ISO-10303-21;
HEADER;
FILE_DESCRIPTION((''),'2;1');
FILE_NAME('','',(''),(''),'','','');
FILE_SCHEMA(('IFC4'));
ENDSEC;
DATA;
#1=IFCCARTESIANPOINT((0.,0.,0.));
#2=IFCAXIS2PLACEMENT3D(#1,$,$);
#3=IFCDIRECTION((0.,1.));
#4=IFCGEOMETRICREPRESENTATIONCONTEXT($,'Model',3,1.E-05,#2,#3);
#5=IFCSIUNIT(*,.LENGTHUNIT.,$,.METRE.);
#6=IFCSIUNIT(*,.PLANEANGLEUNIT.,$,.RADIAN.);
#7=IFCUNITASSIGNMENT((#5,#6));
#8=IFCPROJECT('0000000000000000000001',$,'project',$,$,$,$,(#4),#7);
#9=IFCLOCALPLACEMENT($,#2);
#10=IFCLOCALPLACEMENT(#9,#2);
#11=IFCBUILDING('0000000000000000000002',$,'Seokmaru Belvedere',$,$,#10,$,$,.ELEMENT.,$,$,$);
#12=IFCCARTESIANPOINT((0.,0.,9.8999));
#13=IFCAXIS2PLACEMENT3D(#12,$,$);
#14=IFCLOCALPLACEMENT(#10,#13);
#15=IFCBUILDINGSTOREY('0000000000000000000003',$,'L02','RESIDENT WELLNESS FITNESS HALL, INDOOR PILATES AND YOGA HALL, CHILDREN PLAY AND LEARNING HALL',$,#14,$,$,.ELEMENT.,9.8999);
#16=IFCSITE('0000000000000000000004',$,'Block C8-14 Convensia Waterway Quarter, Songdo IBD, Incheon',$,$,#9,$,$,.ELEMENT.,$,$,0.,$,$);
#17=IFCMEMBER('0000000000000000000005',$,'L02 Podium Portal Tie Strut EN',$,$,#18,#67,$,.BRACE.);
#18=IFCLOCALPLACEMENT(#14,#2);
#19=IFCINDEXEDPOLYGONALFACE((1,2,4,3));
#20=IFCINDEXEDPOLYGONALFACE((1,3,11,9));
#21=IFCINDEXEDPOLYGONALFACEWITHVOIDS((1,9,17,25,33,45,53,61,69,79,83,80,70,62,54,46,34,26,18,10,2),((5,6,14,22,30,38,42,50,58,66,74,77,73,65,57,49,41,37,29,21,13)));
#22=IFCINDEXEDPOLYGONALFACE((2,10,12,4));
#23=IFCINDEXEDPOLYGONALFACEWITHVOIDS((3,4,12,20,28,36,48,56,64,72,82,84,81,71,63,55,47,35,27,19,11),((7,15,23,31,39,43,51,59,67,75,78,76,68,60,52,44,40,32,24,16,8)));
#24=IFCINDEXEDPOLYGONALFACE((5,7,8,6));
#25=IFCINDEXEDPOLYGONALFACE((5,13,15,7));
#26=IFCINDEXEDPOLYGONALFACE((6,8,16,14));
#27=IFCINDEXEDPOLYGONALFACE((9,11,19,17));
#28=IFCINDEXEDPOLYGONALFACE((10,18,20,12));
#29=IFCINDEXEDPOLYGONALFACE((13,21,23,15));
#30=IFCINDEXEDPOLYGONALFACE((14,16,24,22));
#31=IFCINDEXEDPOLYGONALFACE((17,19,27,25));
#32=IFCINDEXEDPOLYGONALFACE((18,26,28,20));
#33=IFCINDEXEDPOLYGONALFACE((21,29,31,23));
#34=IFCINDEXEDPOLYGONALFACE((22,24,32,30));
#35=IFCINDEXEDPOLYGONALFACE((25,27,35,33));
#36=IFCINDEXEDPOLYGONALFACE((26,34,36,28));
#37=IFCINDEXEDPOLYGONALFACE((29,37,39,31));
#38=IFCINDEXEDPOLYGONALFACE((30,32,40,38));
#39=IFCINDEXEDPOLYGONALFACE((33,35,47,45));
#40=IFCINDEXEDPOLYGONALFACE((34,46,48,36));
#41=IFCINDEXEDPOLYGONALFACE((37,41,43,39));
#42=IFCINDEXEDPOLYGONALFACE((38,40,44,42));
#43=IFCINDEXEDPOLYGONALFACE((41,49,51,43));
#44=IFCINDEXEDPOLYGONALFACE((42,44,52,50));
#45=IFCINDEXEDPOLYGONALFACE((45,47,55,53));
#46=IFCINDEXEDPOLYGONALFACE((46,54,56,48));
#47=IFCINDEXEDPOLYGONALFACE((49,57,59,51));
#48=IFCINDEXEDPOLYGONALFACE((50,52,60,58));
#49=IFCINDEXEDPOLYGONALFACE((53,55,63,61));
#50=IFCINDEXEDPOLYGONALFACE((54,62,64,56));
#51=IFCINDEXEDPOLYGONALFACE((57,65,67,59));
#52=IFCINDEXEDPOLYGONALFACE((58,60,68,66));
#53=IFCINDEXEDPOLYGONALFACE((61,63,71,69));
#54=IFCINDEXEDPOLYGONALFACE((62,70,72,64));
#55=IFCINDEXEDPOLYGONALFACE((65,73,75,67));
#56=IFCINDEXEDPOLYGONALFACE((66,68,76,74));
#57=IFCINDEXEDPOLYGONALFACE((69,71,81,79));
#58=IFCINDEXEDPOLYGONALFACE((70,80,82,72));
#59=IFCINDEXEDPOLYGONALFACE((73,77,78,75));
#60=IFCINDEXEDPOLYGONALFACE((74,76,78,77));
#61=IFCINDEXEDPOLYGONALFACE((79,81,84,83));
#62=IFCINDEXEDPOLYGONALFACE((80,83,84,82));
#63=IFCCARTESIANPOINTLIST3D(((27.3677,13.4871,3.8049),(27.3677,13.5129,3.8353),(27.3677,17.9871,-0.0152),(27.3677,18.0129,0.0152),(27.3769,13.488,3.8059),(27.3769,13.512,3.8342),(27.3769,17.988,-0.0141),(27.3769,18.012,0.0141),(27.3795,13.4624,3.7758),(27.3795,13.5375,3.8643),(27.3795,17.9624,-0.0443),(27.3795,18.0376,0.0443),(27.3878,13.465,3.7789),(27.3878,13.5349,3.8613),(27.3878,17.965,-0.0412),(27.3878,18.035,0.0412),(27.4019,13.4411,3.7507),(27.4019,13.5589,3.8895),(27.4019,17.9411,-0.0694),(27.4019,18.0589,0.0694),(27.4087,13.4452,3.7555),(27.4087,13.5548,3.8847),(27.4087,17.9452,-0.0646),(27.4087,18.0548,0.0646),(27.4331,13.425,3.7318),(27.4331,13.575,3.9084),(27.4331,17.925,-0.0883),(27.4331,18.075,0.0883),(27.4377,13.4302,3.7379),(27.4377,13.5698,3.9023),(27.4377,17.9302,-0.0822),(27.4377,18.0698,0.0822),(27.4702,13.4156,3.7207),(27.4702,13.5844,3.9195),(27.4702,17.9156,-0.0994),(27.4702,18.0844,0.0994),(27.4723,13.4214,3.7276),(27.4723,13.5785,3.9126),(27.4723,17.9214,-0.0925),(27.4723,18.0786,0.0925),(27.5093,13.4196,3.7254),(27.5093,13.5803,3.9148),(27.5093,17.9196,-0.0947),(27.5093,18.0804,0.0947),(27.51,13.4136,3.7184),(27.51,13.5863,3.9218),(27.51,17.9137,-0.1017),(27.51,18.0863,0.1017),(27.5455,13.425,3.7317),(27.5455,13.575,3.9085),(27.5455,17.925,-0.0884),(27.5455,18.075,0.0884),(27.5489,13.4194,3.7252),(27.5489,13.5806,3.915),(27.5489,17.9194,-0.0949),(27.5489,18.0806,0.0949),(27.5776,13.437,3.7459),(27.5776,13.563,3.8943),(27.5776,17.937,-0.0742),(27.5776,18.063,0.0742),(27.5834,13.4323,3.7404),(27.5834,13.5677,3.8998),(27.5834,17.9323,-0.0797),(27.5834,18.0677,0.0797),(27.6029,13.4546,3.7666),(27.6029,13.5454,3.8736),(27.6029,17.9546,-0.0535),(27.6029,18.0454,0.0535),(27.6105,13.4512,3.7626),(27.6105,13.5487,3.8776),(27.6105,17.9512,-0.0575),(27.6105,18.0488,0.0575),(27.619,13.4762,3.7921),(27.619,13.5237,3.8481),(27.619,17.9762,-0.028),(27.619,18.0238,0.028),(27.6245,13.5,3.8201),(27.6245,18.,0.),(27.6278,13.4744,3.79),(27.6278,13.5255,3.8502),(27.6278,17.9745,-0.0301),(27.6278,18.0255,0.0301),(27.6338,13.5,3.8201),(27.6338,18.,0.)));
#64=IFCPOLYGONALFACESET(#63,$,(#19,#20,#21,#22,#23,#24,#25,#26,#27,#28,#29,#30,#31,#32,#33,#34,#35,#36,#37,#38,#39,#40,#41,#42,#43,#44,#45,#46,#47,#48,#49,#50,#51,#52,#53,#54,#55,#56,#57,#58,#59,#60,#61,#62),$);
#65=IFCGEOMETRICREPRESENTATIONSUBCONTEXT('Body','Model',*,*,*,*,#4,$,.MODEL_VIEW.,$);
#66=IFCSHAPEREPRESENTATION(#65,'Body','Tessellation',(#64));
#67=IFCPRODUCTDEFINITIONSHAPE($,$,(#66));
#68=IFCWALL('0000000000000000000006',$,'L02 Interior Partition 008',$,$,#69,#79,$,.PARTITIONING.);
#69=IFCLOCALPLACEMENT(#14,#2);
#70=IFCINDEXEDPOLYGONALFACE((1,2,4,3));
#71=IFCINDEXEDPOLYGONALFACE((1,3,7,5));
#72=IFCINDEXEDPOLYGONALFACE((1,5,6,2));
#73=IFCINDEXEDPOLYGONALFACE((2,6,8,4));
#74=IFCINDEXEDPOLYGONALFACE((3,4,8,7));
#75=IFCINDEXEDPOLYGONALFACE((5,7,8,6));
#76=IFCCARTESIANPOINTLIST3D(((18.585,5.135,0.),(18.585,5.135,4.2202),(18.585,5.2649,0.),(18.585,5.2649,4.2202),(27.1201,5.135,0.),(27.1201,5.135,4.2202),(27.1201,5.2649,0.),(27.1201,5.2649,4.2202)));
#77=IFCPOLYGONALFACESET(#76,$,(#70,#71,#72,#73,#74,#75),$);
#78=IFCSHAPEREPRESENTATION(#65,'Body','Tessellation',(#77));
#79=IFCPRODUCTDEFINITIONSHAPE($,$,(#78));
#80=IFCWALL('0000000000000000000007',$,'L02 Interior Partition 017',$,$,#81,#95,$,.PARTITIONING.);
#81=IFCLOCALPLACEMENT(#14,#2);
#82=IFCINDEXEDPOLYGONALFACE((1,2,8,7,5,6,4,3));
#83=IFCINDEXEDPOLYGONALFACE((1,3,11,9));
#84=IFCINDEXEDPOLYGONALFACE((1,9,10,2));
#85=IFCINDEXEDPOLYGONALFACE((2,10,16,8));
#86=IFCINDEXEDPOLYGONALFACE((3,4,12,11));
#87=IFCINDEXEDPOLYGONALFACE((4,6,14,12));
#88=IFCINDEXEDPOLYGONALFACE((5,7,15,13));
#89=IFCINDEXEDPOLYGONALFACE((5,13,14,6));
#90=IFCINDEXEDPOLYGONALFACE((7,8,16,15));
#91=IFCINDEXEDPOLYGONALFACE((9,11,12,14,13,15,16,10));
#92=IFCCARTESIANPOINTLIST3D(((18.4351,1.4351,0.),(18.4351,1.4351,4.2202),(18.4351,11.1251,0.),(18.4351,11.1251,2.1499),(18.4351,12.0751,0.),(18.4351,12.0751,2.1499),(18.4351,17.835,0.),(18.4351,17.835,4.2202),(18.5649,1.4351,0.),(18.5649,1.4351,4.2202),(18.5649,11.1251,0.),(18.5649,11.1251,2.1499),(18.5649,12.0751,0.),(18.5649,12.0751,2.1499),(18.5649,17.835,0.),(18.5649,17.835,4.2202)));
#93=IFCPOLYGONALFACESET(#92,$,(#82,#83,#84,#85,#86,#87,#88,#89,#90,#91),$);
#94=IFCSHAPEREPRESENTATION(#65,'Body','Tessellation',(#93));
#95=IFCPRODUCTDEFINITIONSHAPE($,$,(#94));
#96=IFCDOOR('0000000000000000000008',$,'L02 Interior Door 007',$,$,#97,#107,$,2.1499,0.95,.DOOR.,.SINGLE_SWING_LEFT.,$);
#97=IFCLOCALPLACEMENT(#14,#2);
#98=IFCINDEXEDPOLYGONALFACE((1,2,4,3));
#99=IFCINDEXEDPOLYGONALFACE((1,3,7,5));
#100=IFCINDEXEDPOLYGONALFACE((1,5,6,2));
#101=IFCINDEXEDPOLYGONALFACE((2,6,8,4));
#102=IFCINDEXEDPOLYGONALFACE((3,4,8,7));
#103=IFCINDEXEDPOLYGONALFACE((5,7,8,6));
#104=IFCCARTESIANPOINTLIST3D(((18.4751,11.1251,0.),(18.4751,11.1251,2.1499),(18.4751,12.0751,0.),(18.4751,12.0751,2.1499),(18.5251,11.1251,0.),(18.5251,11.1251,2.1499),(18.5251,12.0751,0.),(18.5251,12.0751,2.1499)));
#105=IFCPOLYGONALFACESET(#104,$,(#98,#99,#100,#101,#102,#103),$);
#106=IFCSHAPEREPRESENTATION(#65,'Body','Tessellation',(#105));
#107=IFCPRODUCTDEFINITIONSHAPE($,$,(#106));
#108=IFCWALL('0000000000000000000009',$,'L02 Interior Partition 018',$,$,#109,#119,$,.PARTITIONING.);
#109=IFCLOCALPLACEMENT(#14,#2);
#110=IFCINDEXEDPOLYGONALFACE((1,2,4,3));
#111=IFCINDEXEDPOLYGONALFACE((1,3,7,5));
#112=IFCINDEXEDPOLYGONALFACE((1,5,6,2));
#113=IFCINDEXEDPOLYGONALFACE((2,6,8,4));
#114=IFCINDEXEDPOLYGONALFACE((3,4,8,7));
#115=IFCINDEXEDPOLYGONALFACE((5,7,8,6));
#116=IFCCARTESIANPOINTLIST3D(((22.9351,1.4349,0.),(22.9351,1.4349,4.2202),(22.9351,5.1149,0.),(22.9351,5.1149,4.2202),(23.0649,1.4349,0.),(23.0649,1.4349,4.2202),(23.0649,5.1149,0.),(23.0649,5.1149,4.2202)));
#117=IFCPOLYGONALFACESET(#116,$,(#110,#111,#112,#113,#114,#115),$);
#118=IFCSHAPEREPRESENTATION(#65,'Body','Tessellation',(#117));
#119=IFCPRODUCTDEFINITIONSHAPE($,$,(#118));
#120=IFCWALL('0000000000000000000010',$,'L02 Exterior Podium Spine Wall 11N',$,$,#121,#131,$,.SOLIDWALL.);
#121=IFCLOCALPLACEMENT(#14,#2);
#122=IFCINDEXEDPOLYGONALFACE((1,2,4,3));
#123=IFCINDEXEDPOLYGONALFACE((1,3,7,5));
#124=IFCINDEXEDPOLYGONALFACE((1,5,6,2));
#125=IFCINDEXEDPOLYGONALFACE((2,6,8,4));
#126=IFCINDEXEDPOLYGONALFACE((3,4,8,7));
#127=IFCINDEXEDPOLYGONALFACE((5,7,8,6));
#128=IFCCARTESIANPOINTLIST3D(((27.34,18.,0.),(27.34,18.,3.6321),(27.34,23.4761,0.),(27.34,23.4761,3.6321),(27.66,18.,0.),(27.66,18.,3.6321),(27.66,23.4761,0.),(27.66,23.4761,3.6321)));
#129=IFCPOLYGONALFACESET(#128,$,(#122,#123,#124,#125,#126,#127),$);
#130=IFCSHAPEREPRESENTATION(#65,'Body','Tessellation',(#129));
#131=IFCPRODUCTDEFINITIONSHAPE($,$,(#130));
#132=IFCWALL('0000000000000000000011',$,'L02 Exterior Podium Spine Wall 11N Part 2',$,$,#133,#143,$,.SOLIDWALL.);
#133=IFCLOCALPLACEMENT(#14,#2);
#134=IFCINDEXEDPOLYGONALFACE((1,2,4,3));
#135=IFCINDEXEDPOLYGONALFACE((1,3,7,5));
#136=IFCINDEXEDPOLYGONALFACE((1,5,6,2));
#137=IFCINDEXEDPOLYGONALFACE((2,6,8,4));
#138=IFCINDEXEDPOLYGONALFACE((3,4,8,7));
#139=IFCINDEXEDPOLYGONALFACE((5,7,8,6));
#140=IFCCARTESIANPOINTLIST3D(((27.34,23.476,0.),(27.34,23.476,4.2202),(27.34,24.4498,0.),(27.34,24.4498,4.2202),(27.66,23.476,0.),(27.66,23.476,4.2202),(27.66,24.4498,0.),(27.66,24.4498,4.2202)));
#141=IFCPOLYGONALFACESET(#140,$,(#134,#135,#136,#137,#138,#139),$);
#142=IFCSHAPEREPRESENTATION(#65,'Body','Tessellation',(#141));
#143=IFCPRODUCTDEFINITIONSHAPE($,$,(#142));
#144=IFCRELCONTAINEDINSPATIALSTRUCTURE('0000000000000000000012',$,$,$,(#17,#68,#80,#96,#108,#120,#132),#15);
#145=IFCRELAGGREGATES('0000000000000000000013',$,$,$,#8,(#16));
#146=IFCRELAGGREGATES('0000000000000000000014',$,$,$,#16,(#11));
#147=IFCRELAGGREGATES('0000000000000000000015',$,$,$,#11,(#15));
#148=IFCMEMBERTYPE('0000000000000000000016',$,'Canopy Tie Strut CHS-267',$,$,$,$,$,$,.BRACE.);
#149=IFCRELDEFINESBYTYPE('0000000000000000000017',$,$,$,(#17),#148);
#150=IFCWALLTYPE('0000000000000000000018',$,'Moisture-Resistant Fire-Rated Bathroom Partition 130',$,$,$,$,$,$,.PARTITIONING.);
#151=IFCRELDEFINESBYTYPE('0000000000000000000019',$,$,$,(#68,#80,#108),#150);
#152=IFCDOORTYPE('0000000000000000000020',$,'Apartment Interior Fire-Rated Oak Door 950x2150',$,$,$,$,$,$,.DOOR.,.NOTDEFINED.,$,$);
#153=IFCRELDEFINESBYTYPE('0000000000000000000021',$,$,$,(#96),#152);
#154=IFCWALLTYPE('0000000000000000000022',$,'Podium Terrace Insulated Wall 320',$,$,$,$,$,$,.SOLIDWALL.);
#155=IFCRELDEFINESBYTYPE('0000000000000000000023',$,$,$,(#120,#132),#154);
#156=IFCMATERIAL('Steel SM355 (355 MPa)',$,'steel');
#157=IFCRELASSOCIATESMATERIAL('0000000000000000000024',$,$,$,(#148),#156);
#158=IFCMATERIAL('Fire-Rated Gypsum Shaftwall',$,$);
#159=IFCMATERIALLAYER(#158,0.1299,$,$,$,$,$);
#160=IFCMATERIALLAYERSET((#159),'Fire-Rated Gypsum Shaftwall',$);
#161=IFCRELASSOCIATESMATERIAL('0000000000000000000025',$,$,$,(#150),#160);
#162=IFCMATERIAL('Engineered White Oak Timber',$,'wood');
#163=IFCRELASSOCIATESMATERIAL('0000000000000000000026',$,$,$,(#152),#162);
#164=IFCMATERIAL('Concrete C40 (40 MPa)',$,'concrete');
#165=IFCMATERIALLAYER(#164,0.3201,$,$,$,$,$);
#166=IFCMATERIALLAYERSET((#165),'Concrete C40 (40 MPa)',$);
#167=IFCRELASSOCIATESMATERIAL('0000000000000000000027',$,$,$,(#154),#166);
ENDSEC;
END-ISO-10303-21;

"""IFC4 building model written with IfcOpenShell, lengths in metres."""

from ifc_helpers import new_model, si_unit, direction, frame, frame_2d, origin, origin_2d, place, context, subcontext, project, spatial, rectangle, hollow_circle, extrude, source, transform, mapped, material, layer, layer_set, material_profile, profile_set, type_object, type_shapes, element, fill, save


model = new_model("IFC4")

# Units and contexts
model_context = context("Model", 3, precision=1e-05, world=origin(), true_north=direction((0.0, 1.0)))
body_context = subcontext(model_context, "Body", "Model", "MODEL_VIEW")
ifc_project = project(units=[si_unit("LENGTHUNIT", "METRE"), si_unit("PLANEANGLEUNIT", "RADIAN")], contexts=[model_context])

# Site, building, storey
site_placement = place(None, origin())
site = spatial("IfcSite", under=ifc_project, at=site_placement, Name="Block C8-14 Convensia Waterway Quarter, Songdo IBD, Incheon", CompositionType="ELEMENT", RefElevation=0.0)
building_placement = place(site_placement, origin())
building = spatial("IfcBuilding", under=site, at=building_placement, Name="Seokmaru Belvedere", CompositionType="ELEMENT")
storey_placement = place(building_placement, frame((0.0, 0.0, 9.8999)))
storey = spatial("IfcBuildingStorey", under=building, at=storey_placement, Name="L02", Description="RESIDENT WELLNESS FITNESS HALL, INDOOR PILATES AND YOGA HALL, CHILDREN PLAY AND LEARNING HALL", CompositionType="ELEMENT", Elevation=9.8999)

# Shared definitions
ifc_material_1 = material(Name="Steel SM355 (355 MPa)", Category="steel")

# Member
ifc_material_profile_1 = material_profile(ifc_material_1, hollow_circle(Radius=0.1338, WallThickness=0.0093, at=origin_2d()), Name="CHS-267.4x9.3")
ifc_profile_set_1 = profile_set([ifc_material_profile_1], Name="Steel SM355 (355 MPa)")
member_type = type_object("IfcMemberType", Name="Canopy Tie Strut CHS-267", PredefinedType="BRACE", material=ifc_profile_set_1)
shared_shape_1 = source(origin(), body_context, "Body", "SweptSolid", [
    extrude(hollow_circle(Radius=0.1338, WallThickness=0.0093, at=origin_2d()), origin(), (0.0, 0.0, 1.0), 5.9028),
])
type_shapes(member_type, [shared_shape_1])
member_placement = place(storey_placement, frame((27.5, 18.0, 0.0), z_axis=(0.0, -0.762351, 0.647163), x_axis=(1.0, 0.0, 0.0)))
element("IfcMember", 1, at=member_placement, inside=storey, type_object=member_type, Name="L02 Podium Portal Tie Strut EN", PredefinedType="BRACE", context=body_context, shape_type="MappedRepresentation", body=[
    mapped(shared_shape_1, transform((0.0, 0.0, 0.0), scale=1.0)),
])

# Wall
ifc_material_2 = material(Name="Fire-Rated Gypsum Shaftwall")
ifc_layer_1 = layer(ifc_material_2, 0.1299)
ifc_layer_set_1 = layer_set([ifc_layer_1], Name="Fire-Rated Gypsum Shaftwall")
wall_type_1 = type_object("IfcWallType", Name="Moisture-Resistant Fire-Rated Bathroom Partition 130", PredefinedType="PARTITIONING", material=ifc_layer_set_1)
wall_1_placement = place(storey_placement, frame((18.585, 5.2, 0.0), z_axis=(0.0, 0.0, 1.0), x_axis=(1.0, 0.0, 0.0)))
element("IfcWall", 2, at=wall_1_placement, inside=storey, type_object=wall_type_1, Name="L02 Interior Partition 008", PredefinedType="PARTITIONING", context=body_context, shape_type="SweptSolid", body=[
    extrude(rectangle(XDim=8.5352, YDim=0.1299, at=frame_2d((4.2676, 0.0))), origin(), (0.0, 0.0, 1.0), 4.2202),
])

# Wall, opening, door
wall_2_placement = place(storey_placement, frame((18.5, 1.4351, 0.0), z_axis=(0.0, 0.0, 1.0), x_axis=(0.0, 1.0, 0.0)))
wall_2 = element("IfcWall", 3, at=wall_2_placement, inside=storey, type_object=wall_type_1, Name="L02 Interior Partition 017", PredefinedType="PARTITIONING", context=body_context, shape_type="SweptSolid", body=[
    extrude(rectangle(XDim=16.3999, YDim=0.1299, at=frame_2d((8.2, 0.0))), origin(), (0.0, 0.0, 1.0), 4.2202),
])
opening_1_placement = place(wall_2_placement, frame((9.6899, 0.0, 0.0)))
opening_1 = element("IfcOpeningElement", 4, at=opening_1_placement, cuts=wall_2, PredefinedType="OPENING", context=body_context, shape_type="SweptSolid", body=[
    extrude(rectangle(XDim=0.95, YDim=2.1499, at=frame_2d((0.4751, 1.075))), frame((0.0, 0.075, 0.0), z_axis=(0.0, -1.0, 0.0), x_axis=(1.0, 0.0, 0.0)), (0.0, 0.0, 1.0), 0.1499),
])
ifc_material_3 = material(Name="Engineered White Oak Timber", Category="wood")
door_type_1 = type_object("IfcDoorType", Name="Apartment Interior Fire-Rated Oak Door 950x2150", OperationType="NOTDEFINED", PredefinedType="DOOR", material=ifc_material_3)
shared_shape_2 = source(origin(), body_context, "Body", "SweptSolid", [
    extrude(rectangle(XDim=0.95, YDim=2.1499, at=frame_2d((0.4751, 1.075))), frame((0.0, 0.0249, 0.0), z_axis=(0.0, -1.0, 0.0), x_axis=(1.0, 0.0, 0.0)), (0.0, 0.0, 1.0), 0.05),
])
type_shapes(door_type_1, [shared_shape_2])
door_1_placement = place(opening_1_placement, origin())
door_1 = element("IfcDoor", 5, at=door_1_placement, inside=storey, type_object=door_type_1, Name="L02 Interior Door 007", OperationType="SINGLE_SWING_LEFT", OverallHeight=2.1499, OverallWidth=0.95, PredefinedType="DOOR", context=body_context, shape_type="MappedRepresentation", body=[
    mapped(shared_shape_2, transform((0.0, 0.0, 0.0), scale=1.0)),
])
fill(opening_1, door_1)

# Walls
wall_3_placement = place(storey_placement, frame((23.0, 1.4351, 0.0), z_axis=(0.0, 0.0, 1.0), x_axis=(0.0, 1.0, 0.0)))
element("IfcWall", 6, at=wall_3_placement, inside=storey, type_object=wall_type_1, Name="L02 Interior Partition 018", PredefinedType="PARTITIONING", context=body_context, shape_type="SweptSolid", body=[
    extrude(rectangle(XDim=3.6799, YDim=0.1299, at=frame_2d((1.8398, 0.0))), origin(), (0.0, 0.0, 1.0), 4.2202),
])
ifc_material_4 = material(Name="Concrete C40 (40 MPa)", Category="concrete")
ifc_layer_2 = layer(ifc_material_4, 0.3201)
ifc_layer_set_2 = layer_set([ifc_layer_2], Name="Concrete C40 (40 MPa)")
wall_type_2 = type_object("IfcWallType", Name="Podium Terrace Insulated Wall 320", PredefinedType="SOLIDWALL", material=ifc_layer_set_2)
wall_4_placement = place(storey_placement, frame((27.5, 18.0, 0.0), z_axis=(0.0, 0.0, 1.0), x_axis=(0.0, 1.0, 0.0)))
element("IfcWall", 7, at=wall_4_placement, inside=storey, type_object=wall_type_2, Name="L02 Exterior Podium Spine Wall 11N", PredefinedType="SOLIDWALL", context=body_context, shape_type="SweptSolid", body=[
    extrude(rectangle(XDim=5.4761, YDim=0.3201, at=frame_2d((2.738, 0.0))), origin(), (0.0, 0.0, 1.0), 3.6321),
])
wall_5_placement = place(storey_placement, frame((27.5, 23.4761, 0.0), z_axis=(0.0, 0.0, 1.0), x_axis=(0.0, 1.0, 0.0)))
element("IfcWall", 8, at=wall_5_placement, inside=storey, type_object=wall_type_2, Name="L02 Exterior Podium Spine Wall 11N Part 2", PredefinedType="SOLIDWALL", context=body_context, shape_type="SweptSolid", body=[
    extrude(rectangle(XDim=0.9739, YDim=0.3201, at=frame_2d((0.4868, 0.0))), origin(), (0.0, 0.0, 1.0), 4.2202),
])

save(model, "model.ifc")
